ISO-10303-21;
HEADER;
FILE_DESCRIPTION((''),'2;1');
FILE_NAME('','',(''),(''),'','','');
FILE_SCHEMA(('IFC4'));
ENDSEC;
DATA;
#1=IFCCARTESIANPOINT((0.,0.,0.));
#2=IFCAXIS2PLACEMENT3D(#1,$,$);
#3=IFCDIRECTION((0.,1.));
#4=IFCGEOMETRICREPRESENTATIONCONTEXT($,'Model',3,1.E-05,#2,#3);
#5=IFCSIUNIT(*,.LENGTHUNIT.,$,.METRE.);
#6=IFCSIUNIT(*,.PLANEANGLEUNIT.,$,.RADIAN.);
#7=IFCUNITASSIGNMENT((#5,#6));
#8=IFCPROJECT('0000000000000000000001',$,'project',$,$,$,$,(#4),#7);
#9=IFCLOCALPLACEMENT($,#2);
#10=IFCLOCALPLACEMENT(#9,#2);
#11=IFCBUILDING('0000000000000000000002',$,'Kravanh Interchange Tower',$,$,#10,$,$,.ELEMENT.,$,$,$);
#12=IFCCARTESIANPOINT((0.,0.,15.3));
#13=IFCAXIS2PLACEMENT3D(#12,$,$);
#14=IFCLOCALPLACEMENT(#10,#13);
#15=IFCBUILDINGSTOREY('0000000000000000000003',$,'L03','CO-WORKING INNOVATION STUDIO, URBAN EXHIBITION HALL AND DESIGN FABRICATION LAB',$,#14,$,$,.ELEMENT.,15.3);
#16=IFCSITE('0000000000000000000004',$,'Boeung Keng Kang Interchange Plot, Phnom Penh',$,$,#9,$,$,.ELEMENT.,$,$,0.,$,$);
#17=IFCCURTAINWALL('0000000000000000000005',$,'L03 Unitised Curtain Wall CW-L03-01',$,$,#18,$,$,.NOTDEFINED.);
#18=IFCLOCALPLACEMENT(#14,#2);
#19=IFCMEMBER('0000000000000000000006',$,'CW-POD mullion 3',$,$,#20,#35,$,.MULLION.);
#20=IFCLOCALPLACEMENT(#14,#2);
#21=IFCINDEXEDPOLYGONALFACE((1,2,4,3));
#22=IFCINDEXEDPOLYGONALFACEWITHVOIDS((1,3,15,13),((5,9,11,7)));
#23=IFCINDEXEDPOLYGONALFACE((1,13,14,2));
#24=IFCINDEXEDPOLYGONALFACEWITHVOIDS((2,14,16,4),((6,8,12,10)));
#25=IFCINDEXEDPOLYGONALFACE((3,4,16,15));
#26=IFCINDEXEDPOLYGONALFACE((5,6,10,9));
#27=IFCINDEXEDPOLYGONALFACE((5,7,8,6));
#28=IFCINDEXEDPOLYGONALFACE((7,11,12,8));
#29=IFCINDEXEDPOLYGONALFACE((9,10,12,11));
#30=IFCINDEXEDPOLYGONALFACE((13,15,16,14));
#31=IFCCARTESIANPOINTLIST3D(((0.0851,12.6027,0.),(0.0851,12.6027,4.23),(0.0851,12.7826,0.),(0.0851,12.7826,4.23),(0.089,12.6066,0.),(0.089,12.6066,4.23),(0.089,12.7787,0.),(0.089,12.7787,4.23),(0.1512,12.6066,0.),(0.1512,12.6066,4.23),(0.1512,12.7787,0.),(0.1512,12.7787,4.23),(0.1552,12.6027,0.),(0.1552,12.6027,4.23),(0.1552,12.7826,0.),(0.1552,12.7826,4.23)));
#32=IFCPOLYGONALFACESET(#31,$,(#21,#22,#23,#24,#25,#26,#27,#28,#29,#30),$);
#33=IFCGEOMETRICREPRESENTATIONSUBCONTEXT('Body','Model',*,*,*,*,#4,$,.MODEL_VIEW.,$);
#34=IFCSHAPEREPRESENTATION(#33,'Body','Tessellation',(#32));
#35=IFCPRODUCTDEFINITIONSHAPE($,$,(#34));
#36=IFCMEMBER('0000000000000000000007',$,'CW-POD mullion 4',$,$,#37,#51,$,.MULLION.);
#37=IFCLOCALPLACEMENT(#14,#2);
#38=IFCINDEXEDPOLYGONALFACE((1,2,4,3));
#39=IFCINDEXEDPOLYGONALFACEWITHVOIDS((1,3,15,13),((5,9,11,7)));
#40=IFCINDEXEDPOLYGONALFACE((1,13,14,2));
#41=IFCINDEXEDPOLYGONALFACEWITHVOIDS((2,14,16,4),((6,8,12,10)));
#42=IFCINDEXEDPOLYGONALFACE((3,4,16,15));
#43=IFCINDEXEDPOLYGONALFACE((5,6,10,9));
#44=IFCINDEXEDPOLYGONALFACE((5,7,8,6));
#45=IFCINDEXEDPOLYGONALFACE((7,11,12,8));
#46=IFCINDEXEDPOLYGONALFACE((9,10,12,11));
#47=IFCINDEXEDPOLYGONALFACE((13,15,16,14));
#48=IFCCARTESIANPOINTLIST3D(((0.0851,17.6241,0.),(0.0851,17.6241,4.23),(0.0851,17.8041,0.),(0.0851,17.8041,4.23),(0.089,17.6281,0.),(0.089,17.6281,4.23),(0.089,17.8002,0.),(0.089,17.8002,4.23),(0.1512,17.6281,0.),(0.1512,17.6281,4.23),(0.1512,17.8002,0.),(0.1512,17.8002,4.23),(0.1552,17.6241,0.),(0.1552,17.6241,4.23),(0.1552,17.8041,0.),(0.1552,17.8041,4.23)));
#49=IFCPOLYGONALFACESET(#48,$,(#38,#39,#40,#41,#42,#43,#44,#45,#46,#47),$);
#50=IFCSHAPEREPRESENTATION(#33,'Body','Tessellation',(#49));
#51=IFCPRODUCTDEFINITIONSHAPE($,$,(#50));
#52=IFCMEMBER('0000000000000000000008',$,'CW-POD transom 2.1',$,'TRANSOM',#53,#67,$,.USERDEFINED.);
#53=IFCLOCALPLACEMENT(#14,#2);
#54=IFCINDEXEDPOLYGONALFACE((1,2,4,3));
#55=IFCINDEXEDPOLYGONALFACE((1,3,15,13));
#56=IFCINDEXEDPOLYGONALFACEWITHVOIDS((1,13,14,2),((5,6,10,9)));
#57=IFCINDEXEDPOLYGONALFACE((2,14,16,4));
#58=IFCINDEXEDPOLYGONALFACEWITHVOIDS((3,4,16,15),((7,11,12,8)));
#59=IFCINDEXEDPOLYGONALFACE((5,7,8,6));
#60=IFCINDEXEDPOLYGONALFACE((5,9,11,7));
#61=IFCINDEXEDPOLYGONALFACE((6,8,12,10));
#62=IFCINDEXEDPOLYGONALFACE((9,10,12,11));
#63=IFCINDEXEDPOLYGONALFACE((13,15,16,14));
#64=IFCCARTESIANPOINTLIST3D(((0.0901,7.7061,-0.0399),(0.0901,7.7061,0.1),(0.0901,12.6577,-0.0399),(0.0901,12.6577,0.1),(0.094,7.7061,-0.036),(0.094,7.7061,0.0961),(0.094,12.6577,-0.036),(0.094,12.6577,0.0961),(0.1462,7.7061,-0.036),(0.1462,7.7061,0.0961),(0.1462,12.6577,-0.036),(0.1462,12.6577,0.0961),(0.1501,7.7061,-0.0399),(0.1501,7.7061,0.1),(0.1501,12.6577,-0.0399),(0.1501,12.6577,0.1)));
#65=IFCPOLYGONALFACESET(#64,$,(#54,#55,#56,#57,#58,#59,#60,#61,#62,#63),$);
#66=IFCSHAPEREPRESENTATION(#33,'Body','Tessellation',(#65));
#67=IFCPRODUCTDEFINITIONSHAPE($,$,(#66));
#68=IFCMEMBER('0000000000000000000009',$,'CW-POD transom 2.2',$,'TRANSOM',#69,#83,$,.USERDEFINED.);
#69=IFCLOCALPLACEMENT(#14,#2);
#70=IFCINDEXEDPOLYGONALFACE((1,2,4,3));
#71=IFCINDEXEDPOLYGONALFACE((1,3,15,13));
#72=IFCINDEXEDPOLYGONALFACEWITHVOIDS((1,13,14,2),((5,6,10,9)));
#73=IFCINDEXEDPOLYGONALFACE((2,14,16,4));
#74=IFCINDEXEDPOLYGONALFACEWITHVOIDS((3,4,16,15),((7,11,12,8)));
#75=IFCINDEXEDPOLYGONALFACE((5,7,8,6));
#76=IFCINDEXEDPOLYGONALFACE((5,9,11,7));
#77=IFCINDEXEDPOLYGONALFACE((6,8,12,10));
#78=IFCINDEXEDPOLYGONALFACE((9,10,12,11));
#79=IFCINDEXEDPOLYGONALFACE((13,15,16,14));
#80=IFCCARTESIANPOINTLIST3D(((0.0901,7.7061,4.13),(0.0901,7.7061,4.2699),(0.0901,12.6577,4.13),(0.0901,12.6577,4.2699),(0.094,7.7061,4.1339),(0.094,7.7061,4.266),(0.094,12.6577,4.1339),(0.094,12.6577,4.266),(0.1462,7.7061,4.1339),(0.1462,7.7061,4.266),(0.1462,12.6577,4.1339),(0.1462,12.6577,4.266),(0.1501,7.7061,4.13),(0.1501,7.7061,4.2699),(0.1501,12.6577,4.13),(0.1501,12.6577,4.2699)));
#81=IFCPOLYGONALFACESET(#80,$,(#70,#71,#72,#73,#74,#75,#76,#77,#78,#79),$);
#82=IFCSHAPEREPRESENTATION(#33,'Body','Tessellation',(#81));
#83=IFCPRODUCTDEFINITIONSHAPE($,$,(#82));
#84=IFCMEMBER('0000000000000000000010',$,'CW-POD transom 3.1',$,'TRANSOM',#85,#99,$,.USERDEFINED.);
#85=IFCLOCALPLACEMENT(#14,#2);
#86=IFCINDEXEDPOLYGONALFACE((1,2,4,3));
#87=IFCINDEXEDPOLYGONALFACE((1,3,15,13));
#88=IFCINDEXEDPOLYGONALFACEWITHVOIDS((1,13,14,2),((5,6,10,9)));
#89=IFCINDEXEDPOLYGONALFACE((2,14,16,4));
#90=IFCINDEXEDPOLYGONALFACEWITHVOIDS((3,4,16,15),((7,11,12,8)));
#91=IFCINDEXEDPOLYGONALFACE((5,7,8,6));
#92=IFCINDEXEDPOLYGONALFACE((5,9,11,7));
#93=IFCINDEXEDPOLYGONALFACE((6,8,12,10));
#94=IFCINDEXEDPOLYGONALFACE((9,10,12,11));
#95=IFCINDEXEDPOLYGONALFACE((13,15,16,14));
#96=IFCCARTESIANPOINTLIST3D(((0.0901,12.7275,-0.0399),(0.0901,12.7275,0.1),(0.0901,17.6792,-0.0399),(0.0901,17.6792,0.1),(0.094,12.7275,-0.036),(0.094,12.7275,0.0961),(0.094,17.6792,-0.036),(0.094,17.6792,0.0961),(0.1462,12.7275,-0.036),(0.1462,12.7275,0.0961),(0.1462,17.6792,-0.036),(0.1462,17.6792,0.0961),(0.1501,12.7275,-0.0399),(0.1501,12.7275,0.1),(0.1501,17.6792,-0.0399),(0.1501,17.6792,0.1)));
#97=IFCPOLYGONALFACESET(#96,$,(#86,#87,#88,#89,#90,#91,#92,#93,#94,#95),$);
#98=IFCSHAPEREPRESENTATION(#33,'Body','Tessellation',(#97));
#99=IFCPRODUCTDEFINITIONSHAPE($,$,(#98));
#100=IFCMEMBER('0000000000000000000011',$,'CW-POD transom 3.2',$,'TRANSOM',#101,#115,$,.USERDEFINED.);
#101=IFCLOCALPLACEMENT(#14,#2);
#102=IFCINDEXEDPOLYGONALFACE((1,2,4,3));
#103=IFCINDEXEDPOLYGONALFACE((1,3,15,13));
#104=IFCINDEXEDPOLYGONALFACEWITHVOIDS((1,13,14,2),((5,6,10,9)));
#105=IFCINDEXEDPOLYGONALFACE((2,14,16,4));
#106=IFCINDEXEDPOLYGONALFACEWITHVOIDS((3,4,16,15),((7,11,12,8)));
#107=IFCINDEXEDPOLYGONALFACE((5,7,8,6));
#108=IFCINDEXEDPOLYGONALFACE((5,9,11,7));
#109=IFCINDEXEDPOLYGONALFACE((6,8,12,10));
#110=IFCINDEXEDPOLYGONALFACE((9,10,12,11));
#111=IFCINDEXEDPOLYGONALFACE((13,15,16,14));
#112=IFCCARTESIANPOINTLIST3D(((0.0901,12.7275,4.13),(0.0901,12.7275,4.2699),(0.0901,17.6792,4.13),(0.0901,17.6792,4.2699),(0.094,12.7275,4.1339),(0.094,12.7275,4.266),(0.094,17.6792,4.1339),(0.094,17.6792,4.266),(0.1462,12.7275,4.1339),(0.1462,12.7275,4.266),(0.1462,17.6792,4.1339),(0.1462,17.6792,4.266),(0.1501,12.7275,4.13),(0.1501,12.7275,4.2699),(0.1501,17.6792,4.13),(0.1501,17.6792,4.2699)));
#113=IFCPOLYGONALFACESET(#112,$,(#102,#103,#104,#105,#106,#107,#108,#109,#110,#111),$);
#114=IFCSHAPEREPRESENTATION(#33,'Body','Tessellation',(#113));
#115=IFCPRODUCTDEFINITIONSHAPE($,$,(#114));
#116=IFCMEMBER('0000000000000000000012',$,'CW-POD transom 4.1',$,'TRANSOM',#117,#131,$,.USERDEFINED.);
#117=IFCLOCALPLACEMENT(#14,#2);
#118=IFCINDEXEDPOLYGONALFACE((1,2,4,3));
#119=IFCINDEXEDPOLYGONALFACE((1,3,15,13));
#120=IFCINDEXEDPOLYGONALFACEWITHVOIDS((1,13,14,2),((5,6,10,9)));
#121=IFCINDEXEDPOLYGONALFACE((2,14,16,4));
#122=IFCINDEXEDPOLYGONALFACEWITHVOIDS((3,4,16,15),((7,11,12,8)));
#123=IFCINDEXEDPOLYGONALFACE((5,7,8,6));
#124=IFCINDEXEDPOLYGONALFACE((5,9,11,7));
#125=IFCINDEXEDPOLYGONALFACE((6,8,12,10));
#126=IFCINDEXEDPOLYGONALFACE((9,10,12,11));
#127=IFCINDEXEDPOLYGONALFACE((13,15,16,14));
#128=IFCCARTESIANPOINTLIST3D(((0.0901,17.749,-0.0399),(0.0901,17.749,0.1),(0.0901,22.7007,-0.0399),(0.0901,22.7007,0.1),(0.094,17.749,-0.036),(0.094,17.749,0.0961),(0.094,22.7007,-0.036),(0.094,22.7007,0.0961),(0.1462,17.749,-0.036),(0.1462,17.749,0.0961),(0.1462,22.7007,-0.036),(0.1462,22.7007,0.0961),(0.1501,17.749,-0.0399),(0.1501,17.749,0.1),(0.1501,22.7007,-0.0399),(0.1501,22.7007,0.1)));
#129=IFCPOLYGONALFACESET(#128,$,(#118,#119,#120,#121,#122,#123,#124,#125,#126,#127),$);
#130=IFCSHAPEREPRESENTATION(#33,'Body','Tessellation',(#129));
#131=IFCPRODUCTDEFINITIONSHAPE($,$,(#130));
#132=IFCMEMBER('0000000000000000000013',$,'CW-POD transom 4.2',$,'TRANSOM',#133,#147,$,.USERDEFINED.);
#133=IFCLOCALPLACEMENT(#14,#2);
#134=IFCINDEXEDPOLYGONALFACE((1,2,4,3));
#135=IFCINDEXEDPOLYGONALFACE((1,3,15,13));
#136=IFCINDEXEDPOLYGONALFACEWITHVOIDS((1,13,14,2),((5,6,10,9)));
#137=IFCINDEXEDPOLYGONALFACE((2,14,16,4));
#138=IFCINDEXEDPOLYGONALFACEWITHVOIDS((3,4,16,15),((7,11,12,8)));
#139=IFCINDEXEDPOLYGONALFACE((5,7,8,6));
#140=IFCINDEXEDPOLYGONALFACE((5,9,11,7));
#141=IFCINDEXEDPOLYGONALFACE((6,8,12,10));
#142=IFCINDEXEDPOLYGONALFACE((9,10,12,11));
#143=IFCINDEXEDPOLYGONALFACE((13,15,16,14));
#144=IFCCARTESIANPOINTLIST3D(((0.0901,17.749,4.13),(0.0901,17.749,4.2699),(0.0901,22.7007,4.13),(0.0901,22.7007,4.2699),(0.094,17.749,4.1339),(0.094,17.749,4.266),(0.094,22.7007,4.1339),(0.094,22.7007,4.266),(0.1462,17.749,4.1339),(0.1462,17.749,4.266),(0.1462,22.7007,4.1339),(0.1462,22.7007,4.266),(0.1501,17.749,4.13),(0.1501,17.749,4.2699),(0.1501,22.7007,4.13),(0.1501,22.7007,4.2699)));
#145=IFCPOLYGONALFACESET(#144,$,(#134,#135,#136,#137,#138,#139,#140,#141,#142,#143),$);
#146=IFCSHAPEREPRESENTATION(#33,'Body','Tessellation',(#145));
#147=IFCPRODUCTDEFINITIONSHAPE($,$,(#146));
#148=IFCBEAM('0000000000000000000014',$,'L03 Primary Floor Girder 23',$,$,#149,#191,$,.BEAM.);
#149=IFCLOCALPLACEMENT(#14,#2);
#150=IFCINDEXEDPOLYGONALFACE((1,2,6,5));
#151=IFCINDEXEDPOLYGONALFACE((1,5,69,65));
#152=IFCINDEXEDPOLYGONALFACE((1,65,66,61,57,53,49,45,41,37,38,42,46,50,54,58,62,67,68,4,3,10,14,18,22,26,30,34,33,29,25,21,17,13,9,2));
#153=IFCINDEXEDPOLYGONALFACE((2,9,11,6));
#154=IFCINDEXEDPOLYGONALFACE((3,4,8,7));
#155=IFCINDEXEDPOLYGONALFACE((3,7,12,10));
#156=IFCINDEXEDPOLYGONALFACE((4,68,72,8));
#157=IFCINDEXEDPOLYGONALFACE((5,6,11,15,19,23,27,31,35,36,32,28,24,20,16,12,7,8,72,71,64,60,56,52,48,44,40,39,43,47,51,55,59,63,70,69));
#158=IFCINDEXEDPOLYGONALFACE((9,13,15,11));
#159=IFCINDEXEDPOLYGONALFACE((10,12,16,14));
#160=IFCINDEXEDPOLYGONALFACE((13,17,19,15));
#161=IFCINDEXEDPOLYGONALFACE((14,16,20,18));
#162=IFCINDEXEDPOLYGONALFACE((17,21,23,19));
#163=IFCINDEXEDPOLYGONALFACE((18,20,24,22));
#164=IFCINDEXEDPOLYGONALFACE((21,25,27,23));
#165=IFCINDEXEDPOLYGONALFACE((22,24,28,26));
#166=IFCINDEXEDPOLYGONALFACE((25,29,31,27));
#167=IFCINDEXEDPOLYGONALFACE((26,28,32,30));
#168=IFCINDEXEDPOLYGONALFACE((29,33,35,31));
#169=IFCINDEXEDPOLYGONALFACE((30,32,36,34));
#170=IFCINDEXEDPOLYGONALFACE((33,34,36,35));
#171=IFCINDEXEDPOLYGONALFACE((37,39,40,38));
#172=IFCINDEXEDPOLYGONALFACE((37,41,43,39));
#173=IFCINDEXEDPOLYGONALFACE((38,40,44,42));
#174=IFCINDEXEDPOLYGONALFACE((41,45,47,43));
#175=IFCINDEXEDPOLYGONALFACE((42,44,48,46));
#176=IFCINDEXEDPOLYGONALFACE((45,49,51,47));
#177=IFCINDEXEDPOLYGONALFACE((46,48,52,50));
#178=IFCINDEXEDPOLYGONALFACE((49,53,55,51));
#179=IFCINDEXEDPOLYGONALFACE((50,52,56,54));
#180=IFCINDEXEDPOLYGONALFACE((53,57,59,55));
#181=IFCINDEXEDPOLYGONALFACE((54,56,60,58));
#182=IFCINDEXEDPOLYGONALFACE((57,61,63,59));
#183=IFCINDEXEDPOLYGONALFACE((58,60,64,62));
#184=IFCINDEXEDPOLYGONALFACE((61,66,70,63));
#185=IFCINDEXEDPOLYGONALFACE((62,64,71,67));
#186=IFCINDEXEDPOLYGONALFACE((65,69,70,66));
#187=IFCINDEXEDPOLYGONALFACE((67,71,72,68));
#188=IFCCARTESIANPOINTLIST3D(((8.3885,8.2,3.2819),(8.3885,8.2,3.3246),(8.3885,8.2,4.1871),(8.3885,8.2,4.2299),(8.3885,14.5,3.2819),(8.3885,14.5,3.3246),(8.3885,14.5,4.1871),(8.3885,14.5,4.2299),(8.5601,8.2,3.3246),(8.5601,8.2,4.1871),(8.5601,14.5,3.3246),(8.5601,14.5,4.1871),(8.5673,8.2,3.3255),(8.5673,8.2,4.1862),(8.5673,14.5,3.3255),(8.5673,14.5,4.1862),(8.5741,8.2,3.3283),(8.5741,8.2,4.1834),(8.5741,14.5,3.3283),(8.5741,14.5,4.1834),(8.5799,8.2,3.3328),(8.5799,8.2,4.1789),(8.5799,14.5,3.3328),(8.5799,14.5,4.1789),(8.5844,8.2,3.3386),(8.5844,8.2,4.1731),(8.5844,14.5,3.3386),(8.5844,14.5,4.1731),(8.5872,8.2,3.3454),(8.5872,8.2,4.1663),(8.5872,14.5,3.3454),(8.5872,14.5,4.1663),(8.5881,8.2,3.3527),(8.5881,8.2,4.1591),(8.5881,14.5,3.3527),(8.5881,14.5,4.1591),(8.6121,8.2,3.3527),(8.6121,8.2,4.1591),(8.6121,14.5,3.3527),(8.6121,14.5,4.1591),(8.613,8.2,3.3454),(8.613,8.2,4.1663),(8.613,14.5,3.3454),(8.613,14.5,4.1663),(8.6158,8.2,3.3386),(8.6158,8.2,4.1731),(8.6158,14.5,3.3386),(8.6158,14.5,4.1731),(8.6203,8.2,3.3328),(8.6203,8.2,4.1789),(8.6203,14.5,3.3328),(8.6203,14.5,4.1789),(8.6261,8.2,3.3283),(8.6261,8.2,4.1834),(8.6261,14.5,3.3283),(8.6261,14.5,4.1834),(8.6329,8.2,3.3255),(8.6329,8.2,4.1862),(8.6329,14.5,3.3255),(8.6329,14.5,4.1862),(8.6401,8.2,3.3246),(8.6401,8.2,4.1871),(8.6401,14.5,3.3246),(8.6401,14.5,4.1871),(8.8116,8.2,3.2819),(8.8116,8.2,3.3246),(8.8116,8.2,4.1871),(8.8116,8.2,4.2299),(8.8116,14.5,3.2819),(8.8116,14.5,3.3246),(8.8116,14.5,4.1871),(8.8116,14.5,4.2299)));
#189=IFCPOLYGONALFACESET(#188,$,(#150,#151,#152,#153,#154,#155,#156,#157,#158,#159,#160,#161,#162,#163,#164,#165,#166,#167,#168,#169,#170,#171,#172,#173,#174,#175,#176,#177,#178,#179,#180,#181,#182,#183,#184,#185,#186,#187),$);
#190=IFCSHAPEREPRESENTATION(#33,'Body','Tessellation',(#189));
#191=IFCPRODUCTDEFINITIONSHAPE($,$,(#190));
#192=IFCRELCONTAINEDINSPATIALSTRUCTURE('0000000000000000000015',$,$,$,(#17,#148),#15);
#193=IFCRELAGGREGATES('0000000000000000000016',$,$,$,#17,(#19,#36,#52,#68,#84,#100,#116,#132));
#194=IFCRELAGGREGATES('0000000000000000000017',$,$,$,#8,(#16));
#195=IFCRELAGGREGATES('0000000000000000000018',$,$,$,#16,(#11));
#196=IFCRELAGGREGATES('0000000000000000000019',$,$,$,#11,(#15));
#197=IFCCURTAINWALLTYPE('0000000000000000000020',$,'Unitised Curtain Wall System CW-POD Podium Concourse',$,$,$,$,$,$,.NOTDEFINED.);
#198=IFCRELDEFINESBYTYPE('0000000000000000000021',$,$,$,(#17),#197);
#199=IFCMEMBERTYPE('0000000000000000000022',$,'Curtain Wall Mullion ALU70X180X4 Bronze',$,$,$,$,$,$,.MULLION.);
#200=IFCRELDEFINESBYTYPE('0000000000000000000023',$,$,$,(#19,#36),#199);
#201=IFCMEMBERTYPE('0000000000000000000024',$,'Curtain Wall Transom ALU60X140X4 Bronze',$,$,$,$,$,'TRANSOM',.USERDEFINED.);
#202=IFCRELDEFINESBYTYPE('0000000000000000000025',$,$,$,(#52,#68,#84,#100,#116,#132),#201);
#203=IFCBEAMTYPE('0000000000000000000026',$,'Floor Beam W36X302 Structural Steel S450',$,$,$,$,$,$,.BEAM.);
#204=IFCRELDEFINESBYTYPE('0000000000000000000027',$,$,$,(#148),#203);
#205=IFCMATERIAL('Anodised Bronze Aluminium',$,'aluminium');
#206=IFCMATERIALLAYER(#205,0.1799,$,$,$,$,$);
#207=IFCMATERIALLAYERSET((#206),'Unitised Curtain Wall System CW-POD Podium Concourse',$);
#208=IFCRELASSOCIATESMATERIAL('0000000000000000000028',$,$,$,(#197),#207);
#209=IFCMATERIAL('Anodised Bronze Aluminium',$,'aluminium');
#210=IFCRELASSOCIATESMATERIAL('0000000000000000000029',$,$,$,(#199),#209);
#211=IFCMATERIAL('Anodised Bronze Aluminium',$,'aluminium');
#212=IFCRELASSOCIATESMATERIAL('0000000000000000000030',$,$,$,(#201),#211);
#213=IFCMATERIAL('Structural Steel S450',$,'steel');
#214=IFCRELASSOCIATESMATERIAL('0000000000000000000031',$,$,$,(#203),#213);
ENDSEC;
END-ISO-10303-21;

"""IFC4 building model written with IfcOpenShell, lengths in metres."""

from ifc_helpers import new_model, si_unit, direction, frame, origin, origin_2d, place, context, subcontext, project, spatial, hollow_rectangle, i_section, extrude, material, layer, layer_set, material_profile, profile_set, type_object, element, aggregate, save


model = new_model("IFC4")

# Units and contexts
model_context = context("Model", 3, precision=1e-05, world=origin(), true_north=direction((0.0, 1.0)))
body_context = subcontext(model_context, "Body", "Model", "MODEL_VIEW")
ifc_project = project(units=[si_unit("LENGTHUNIT", "METRE"), si_unit("PLANEANGLEUNIT", "RADIAN")], contexts=[model_context])

# Site, building, storey
site_placement = place(None, origin())
site = spatial("IfcSite", under=ifc_project, at=site_placement, Name="Boeung Keng Kang Interchange Plot, Phnom Penh", CompositionType="ELEMENT", RefElevation=0.0)
building_placement = place(site_placement, origin())
building = spatial("IfcBuilding", under=site, at=building_placement, Name="Kravanh Interchange Tower", CompositionType="ELEMENT")
storey_placement = place(building_placement, frame((0.0, 0.0, 15.3)))
storey = spatial("IfcBuildingStorey", under=building, at=storey_placement, Name="L03", Description="CO-WORKING INNOVATION STUDIO, URBAN EXHIBITION HALL AND DESIGN FABRICATION LAB", CompositionType="ELEMENT", Elevation=15.3)

# Curtain wall, members
ifc_material_1 = material(Name="Anodised Bronze Aluminium", Category="aluminium")
ifc_layer_1 = layer(ifc_material_1, 0.1799)
ifc_layer_set_1 = layer_set([ifc_layer_1], Name="Unitised Curtain Wall System CW-POD Podium Concourse")
curtain_wall_type = type_object("IfcCurtainWallType", Name="Unitised Curtain Wall System CW-POD Podium Concourse", PredefinedType="NOTDEFINED", material=ifc_layer_set_1)
curtain_wall_placement = place(storey_placement, origin())
curtain_wall = element("IfcCurtainWall", 1, at=curtain_wall_placement, inside=storey, type_object=curtain_wall_type, Name="L03 Unitised Curtain Wall CW-L03-01", PredefinedType="NOTDEFINED")
ifc_material_2 = material(Name="Anodised Bronze Aluminium", Category="aluminium")
ifc_material_profile_1 = material_profile(ifc_material_2, hollow_rectangle(XDim=0.0701, YDim=0.1799, WallThickness=0.0039, at=origin_2d()), Name="ALU70X180X4")
ifc_profile_set_1 = profile_set([ifc_material_profile_1], Name="Anodised Bronze Aluminium")
member_type_1 = type_object("IfcMemberType", Name="Curtain Wall Mullion ALU70X180X4 Bronze", PredefinedType="MULLION", material=ifc_profile_set_1)
member_1_placement = place(storey_placement, frame((0.1201, 12.6926, 0.0), z_axis=(0.0, 0.0, 1.0), x_axis=(-1.0, 0.0, 0.0)))
member_1 = element("IfcMember", 2, at=member_1_placement, type_object=member_type_1, Name="CW-POD mullion 3", PredefinedType="MULLION", context=body_context, shape_type="SweptSolid", body=[
    extrude(hollow_rectangle(XDim=0.0701, YDim=0.1799, WallThickness=0.0039, at=origin_2d()), origin(), (0.0, 0.0, 1.0), 4.23),
])
member_2_placement = place(storey_placement, frame((0.1201, 17.7141, 0.0), z_axis=(0.0, 0.0, 1.0), x_axis=(-1.0, 0.0, 0.0)))
member_2 = element("IfcMember", 3, at=member_2_placement, type_object=member_type_1, Name="CW-POD mullion 4", PredefinedType="MULLION", context=body_context, shape_type="SweptSolid", body=[
    extrude(hollow_rectangle(XDim=0.0701, YDim=0.1799, WallThickness=0.0039, at=origin_2d()), origin(), (0.0, 0.0, 1.0), 4.23),
])
ifc_material_3 = material(Name="Anodised Bronze Aluminium", Category="aluminium")
ifc_material_profile_2 = material_profile(ifc_material_3, hollow_rectangle(XDim=0.0601, YDim=0.1399, WallThickness=0.0039, at=origin_2d()), Name="ALU60X140X4")
ifc_profile_set_2 = profile_set([ifc_material_profile_2], Name="Anodised Bronze Aluminium")
member_type_2 = type_object("IfcMemberType", Name="Curtain Wall Transom ALU60X140X4 Bronze", ElementType="TRANSOM", PredefinedType="USERDEFINED", material=ifc_profile_set_2)
member_3_placement = place(storey_placement, frame((0.1201, 7.7061, 0.03), z_axis=(0.0, 1.0, 0.0), x_axis=(-1.0, 0.0, 0.0)))
member_3 = element("IfcMember", 4, at=member_3_placement, type_object=member_type_2, Name="CW-POD transom 2.1", ObjectType="TRANSOM", PredefinedType="USERDEFINED", context=body_context, shape_type="SweptSolid", body=[
    extrude(hollow_rectangle(XDim=0.0601, YDim=0.1399, WallThickness=0.0039, at=origin_2d()), origin(), (0.0, 0.0, 1.0), 4.9517),
])
member_4_placement = place(storey_placement, frame((0.1201, 7.7061, 4.2), z_axis=(0.0, 1.0, 0.0), x_axis=(-1.0, 0.0, 0.0)))
member_4 = element("IfcMember", 5, at=member_4_placement, type_object=member_type_2, Name="CW-POD transom 2.2", ObjectType="TRANSOM", PredefinedType="USERDEFINED", context=body_context, shape_type="SweptSolid", body=[
    extrude(hollow_rectangle(XDim=0.0601, YDim=0.1399, WallThickness=0.0039, at=origin_2d()), origin(), (0.0, 0.0, 1.0), 4.9517),
])
member_5_placement = place(storey_placement, frame((0.1201, 12.7275, 0.03), z_axis=(0.0, 1.0, 0.0), x_axis=(-1.0, 0.0, 0.0)))
member_5 = element("IfcMember", 6, at=member_5_placement, type_object=member_type_2, Name="CW-POD transom 3.1", ObjectType="TRANSOM", PredefinedType="USERDEFINED", context=body_context, shape_type="SweptSolid", body=[
    extrude(hollow_rectangle(XDim=0.0601, YDim=0.1399, WallThickness=0.0039, at=origin_2d()), origin(), (0.0, 0.0, 1.0), 4.9517),
])
member_6_placement = place(storey_placement, frame((0.1201, 12.7275, 4.2), z_axis=(0.0, 1.0, 0.0), x_axis=(-1.0, 0.0, 0.0)))
member_6 = element("IfcMember", 7, at=member_6_placement, type_object=member_type_2, Name="CW-POD transom 3.2", ObjectType="TRANSOM", PredefinedType="USERDEFINED", context=body_context, shape_type="SweptSolid", body=[
    extrude(hollow_rectangle(XDim=0.0601, YDim=0.1399, WallThickness=0.0039, at=origin_2d()), origin(), (0.0, 0.0, 1.0), 4.9517),
])
member_7_placement = place(storey_placement, frame((0.1201, 17.749, 0.03), z_axis=(0.0, 1.0, 0.0), x_axis=(-1.0, 0.0, 0.0)))
member_7 = element("IfcMember", 8, at=member_7_placement, type_object=member_type_2, Name="CW-POD transom 4.1", ObjectType="TRANSOM", PredefinedType="USERDEFINED", context=body_context, shape_type="SweptSolid", body=[
    extrude(hollow_rectangle(XDim=0.0601, YDim=0.1399, WallThickness=0.0039, at=origin_2d()), origin(), (0.0, 0.0, 1.0), 4.9517),
])
member_8_placement = place(storey_placement, frame((0.1201, 17.749, 4.2), z_axis=(0.0, 1.0, 0.0), x_axis=(-1.0, 0.0, 0.0)))
member_8 = element("IfcMember", 9, at=member_8_placement, type_object=member_type_2, Name="CW-POD transom 4.2", ObjectType="TRANSOM", PredefinedType="USERDEFINED", context=body_context, shape_type="SweptSolid", body=[
    extrude(hollow_rectangle(XDim=0.0601, YDim=0.1399, WallThickness=0.0039, at=origin_2d()), origin(), (0.0, 0.0, 1.0), 4.9517),
])

# Beam
ifc_material_4 = material(Name="Structural Steel S450", Category="steel")
ifc_material_profile_3 = material_profile(ifc_material_4, i_section(OverallWidth=0.4231, OverallDepth=0.948, WebThickness=0.0239, FlangeThickness=0.0427, FilletRadius=0.0281, at=origin_2d()), Name="W36X302")
ifc_profile_set_3 = profile_set([ifc_material_profile_3], Name="Structural Steel S450")
beam_type_1 = type_object("IfcBeamType", Name="Floor Beam W36X302 Structural Steel S450", PredefinedType="BEAM", material=ifc_profile_set_3)
beam_1_placement = place(storey_placement, frame((8.6001, 8.2, 3.7559), z_axis=(0.0, 1.0, 0.0), x_axis=(-1.0, 0.0, 0.0)))
element("IfcBeam", 10, at=beam_1_placement, inside=storey, type_object=beam_type_1, Name="L03 Primary Floor Girder 23", PredefinedType="BEAM", context=body_context, shape_type="SweptSolid", body=[
    extrude(i_section(OverallWidth=0.4231, OverallDepth=0.948, WebThickness=0.0239, FlangeThickness=0.0427, FilletRadius=0.0281, at=origin_2d()), origin(), (0.0, 0.0, 1.0), 6.3),
])

aggregate(curtain_wall, [member_1, member_2, member_3, member_4, member_5, member_6, member_7, member_8])

save(model, "model.ifc")
